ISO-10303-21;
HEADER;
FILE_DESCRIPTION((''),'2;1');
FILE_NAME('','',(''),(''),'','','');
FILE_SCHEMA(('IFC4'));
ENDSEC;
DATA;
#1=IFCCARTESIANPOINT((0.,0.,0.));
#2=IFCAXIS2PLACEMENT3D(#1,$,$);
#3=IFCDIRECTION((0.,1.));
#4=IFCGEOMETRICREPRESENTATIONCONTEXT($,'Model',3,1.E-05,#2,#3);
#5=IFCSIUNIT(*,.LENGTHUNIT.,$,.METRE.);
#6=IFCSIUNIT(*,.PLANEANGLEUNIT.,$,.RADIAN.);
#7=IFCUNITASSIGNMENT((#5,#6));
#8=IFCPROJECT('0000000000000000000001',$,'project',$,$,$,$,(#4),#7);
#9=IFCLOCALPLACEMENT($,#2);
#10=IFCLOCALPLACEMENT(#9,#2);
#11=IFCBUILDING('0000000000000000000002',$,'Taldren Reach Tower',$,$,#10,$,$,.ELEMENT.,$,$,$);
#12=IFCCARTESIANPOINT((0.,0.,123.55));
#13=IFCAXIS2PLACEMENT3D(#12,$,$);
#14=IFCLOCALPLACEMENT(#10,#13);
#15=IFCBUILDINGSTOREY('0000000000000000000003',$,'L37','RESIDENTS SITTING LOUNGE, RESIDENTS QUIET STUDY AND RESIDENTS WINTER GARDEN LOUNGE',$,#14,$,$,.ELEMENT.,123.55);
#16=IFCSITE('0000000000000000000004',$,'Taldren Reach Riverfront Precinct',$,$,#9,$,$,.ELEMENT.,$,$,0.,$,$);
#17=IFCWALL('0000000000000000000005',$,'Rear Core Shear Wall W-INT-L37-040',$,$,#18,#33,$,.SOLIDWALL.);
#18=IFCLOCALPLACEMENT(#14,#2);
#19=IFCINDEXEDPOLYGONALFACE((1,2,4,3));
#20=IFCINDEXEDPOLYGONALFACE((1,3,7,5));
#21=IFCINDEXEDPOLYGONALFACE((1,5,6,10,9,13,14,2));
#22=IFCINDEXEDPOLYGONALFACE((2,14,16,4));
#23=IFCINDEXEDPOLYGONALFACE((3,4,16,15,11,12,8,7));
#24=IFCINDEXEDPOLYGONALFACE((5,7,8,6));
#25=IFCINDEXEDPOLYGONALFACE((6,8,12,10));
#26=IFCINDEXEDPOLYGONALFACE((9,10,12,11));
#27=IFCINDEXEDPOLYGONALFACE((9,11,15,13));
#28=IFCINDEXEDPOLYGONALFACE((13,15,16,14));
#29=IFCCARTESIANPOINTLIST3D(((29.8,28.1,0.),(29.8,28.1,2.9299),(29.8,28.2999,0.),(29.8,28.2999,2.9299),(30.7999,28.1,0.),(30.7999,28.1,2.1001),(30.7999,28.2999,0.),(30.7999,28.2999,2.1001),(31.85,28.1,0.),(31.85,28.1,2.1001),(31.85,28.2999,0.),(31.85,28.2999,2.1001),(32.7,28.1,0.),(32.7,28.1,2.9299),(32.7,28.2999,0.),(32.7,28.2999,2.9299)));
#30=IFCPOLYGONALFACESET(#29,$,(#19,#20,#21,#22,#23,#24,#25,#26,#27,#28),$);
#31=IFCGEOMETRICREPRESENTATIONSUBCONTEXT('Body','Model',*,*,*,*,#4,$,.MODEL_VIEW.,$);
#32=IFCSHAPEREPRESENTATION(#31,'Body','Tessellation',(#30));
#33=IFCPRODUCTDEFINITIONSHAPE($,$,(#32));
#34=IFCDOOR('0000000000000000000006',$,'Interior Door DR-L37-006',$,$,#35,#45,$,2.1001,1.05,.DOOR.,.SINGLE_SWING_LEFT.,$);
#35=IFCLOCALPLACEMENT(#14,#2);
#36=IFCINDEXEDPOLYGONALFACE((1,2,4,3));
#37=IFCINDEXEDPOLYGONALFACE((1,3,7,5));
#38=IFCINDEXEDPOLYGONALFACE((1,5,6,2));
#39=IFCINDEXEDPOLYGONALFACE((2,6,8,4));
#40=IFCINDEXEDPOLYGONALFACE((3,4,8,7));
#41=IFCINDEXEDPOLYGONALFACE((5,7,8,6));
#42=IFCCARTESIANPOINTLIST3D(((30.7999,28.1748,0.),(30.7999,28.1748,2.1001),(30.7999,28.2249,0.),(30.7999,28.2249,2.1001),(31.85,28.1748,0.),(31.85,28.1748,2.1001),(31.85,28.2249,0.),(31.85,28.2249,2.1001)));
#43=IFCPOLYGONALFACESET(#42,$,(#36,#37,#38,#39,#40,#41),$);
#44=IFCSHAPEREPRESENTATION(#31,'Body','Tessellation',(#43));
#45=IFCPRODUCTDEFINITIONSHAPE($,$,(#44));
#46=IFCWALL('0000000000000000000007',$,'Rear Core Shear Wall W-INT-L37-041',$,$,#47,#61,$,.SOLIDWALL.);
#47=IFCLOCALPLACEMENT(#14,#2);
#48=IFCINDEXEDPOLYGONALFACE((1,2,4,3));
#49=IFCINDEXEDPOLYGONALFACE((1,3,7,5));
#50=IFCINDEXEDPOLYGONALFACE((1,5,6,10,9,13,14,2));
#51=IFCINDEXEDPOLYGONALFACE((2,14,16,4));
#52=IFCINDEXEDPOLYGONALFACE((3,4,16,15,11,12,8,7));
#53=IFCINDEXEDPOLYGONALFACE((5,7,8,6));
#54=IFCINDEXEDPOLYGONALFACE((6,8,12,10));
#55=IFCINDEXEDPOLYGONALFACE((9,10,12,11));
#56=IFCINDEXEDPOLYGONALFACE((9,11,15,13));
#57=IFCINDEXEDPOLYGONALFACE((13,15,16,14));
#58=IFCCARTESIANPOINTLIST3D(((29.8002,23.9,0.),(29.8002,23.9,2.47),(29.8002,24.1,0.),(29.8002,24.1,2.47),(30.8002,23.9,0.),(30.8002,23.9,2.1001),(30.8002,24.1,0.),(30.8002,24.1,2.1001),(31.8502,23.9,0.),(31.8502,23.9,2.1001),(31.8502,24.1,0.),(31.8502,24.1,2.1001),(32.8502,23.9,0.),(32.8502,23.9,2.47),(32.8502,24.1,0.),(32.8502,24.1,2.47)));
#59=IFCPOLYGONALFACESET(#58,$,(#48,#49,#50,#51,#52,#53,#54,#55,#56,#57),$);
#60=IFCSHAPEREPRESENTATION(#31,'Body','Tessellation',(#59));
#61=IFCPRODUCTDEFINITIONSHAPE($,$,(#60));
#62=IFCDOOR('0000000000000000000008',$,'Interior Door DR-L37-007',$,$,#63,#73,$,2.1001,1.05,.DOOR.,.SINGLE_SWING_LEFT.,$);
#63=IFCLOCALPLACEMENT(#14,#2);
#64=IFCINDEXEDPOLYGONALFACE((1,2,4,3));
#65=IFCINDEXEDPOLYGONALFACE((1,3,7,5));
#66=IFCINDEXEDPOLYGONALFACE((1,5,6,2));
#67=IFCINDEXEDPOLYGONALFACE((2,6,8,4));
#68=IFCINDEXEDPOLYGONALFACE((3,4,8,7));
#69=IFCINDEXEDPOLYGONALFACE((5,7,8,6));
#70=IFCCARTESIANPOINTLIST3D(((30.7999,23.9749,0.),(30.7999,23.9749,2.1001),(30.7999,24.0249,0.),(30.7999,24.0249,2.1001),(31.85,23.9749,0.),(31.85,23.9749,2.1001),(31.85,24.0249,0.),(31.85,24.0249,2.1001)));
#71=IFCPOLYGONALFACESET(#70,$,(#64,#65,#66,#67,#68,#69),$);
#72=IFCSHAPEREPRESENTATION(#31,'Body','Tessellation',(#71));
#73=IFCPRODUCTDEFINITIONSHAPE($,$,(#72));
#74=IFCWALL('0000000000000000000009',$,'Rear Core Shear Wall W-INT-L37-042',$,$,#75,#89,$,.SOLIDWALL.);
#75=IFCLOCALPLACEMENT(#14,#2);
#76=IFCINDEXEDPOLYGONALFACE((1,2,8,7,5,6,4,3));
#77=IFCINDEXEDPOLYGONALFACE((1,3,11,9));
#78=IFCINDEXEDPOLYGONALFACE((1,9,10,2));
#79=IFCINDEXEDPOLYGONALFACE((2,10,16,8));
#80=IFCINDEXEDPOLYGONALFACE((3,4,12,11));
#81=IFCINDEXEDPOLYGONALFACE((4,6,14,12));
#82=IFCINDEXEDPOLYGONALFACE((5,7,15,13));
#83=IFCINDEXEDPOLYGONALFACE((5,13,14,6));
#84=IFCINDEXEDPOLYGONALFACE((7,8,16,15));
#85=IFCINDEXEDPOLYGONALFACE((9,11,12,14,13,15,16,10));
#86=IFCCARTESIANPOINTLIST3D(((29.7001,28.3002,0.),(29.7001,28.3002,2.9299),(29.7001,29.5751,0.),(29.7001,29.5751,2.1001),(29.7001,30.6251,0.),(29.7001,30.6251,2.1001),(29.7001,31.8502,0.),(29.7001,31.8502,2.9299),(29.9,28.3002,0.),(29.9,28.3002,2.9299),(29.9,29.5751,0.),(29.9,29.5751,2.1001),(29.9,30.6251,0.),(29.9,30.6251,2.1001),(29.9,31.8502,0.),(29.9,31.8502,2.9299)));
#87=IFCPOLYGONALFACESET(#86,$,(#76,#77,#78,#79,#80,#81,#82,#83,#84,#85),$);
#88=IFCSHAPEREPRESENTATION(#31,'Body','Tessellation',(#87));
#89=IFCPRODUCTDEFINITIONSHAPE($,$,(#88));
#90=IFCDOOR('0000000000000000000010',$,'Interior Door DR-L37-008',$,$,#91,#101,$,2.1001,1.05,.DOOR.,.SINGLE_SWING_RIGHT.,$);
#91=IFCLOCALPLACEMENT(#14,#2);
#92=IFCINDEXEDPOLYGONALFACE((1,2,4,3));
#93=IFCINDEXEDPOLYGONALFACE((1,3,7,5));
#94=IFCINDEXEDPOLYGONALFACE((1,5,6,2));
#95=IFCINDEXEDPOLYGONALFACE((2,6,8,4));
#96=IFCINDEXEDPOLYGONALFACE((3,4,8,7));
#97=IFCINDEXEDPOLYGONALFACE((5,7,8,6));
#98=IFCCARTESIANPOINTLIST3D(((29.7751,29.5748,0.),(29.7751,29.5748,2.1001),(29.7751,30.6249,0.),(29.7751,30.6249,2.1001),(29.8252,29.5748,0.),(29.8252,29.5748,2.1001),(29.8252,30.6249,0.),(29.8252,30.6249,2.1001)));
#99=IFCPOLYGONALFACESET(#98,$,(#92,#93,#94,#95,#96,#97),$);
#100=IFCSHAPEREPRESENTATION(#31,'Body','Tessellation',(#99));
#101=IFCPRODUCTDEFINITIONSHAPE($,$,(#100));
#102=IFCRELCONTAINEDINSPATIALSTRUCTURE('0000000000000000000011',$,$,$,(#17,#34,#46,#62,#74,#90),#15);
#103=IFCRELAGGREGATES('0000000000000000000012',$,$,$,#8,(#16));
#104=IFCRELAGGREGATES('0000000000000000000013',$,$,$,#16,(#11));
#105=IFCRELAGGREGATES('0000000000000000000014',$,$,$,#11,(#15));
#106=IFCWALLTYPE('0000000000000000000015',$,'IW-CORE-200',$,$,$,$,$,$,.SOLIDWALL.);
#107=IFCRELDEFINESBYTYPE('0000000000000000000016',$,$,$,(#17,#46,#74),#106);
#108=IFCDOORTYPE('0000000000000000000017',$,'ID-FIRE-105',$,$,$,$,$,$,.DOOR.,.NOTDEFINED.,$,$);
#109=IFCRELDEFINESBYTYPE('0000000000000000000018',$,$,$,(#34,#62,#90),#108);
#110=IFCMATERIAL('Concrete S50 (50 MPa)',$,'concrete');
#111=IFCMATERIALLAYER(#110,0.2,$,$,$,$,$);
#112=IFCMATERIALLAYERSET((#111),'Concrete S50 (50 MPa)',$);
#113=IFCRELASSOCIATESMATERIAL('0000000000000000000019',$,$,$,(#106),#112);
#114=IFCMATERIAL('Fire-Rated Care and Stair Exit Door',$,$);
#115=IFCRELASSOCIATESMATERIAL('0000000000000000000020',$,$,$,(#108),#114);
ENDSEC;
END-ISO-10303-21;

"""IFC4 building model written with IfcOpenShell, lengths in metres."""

from ifc_helpers import new_model, si_unit, direction, frame, frame_2d, origin, place, context, subcontext, project, spatial, rectangle, extrude, source, transform, mapped, material, layer, layer_set, type_object, element, fill, save


model = new_model("IFC4")

# Units and contexts
model_context = context("Model", 3, precision=1e-05, world=origin(), true_north=direction((0.0, 1.0)))
body_context = subcontext(model_context, "Body", "Model", "MODEL_VIEW")
ifc_project = project(units=[si_unit("LENGTHUNIT", "METRE"), si_unit("PLANEANGLEUNIT", "RADIAN")], contexts=[model_context])

# Site, building, storey
site_placement = place(None, origin())
site = spatial("IfcSite", under=ifc_project, at=site_placement, Name="Taldren Reach Riverfront Precinct", CompositionType="ELEMENT", RefElevation=0.0)
building_placement = place(site_placement, origin())
building = spatial("IfcBuilding", under=site, at=building_placement, Name="Taldren Reach Tower", CompositionType="ELEMENT")
storey_placement = place(building_placement, frame((0.0, 0.0, 123.55)))
storey = spatial("IfcBuildingStorey", under=building, at=storey_placement, Name="L37", Description="RESIDENTS SITTING LOUNGE, RESIDENTS QUIET STUDY AND RESIDENTS WINTER GARDEN LOUNGE", CompositionType="ELEMENT", Elevation=123.55)

# Shared definitions
ifc_material_1 = material(Name="Concrete S50 (50 MPa)", Category="concrete")
ifc_layer_1 = layer(ifc_material_1, 0.2)
ifc_layer_set_1 = layer_set([ifc_layer_1], Name="Concrete S50 (50 MPa)")
wall_type_1 = type_object("IfcWallType", Name="IW-CORE-200", PredefinedType="SOLIDWALL", material=ifc_layer_set_1)

# Walls, openings, doors
shared_shape_1 = source(origin(), body_context, "Body", "SweptSolid", [
    extrude(rectangle(XDim=2.8999, YDim=0.2, at=frame_2d((1.45, 0.0))), origin(), (0.0, 0.0, 1.0), 2.9299),
])
wall_1_placement = place(storey_placement, frame((29.8, 28.2, 0.0), z_axis=(0.0, 0.0, 1.0), x_axis=(1.0, 0.0, 0.0)))
wall_1 = element("IfcWall", 1, at=wall_1_placement, inside=storey, type_object=wall_type_1, Name="Rear Core Shear Wall W-INT-L37-040", PredefinedType="SOLIDWALL", context=body_context, shape_type="MappedRepresentation", body=[
    mapped(shared_shape_1, transform((0.0, 0.0, 0.0), scale=1.0)),
])
shared_shape_2 = source(origin(), body_context, "Body", "SweptSolid", [
    extrude(rectangle(XDim=1.05, YDim=2.1001, at=frame_2d((0.5249, 1.05))), frame((0.0, 0.1099, 0.0), z_axis=(0.0, -1.0, 0.0), x_axis=(1.0, 0.0, 0.0)), (0.0, 0.0, 1.0), 0.22),
])
opening_1_placement = place(wall_1_placement, frame((1.0, 0.0, 0.0)))
opening_1 = element("IfcOpeningElement", 2, at=opening_1_placement, cuts=wall_1, PredefinedType="OPENING", context=body_context, shape_type="MappedRepresentation", body=[
    mapped(shared_shape_2, transform((0.0, 0.0, 0.0), scale=1.0)),
])
ifc_material_2 = material(Name="Fire-Rated Care and Stair Exit Door")
door_type_1 = type_object("IfcDoorType", Name="ID-FIRE-105", OperationType="NOTDEFINED", PredefinedType="DOOR", material=ifc_material_2)
shared_shape_3 = source(origin(), body_context, "Body", "SweptSolid", [
    extrude(rectangle(XDim=1.05, YDim=2.1001, at=frame_2d((0.5249, 1.05))), frame((0.0, 0.0249, 0.0), z_axis=(0.0, -1.0, 0.0), x_axis=(1.0, 0.0, 0.0)), (0.0, 0.0, 1.0), 0.05),
])
door_1_placement = place(opening_1_placement, origin())
door_1 = element("IfcDoor", 3, at=door_1_placement, inside=storey, type_object=door_type_1, Name="Interior Door DR-L37-006", OperationType="SINGLE_SWING_LEFT", OverallHeight=2.1001, OverallWidth=1.05, PredefinedType="DOOR", context=body_context, shape_type="MappedRepresentation", body=[
    mapped(shared_shape_3, transform((0.0, 0.0, 0.0), scale=1.0)),
])
fill(opening_1, door_1)
shared_shape_4 = source(origin(), body_context, "Body", "SweptSolid", [
    extrude(rectangle(XDim=3.05, YDim=0.2, at=frame_2d((1.5249, 0.0))), origin(), (0.0, 0.0, 1.0), 2.47),
])
wall_2_placement = place(storey_placement, frame((32.8501, 24.0, 0.0), z_axis=(0.0, 0.0, 1.0), x_axis=(-1.0, 0.0, 0.0)))
wall_2 = element("IfcWall", 4, at=wall_2_placement, inside=storey, type_object=wall_type_1, Name="Rear Core Shear Wall W-INT-L37-041", PredefinedType="SOLIDWALL", context=body_context, shape_type="MappedRepresentation", body=[
    mapped(shared_shape_4, transform((0.0, 0.0, 0.0), scale=1.0)),
])
opening_2_placement = place(wall_2_placement, frame((1.0, 0.0, 0.0)))
opening_2 = element("IfcOpeningElement", 5, at=opening_2_placement, cuts=wall_2, PredefinedType="OPENING", context=body_context, shape_type="MappedRepresentation", body=[
    mapped(shared_shape_2, transform((0.0, 0.0, 0.0), scale=1.0)),
])
door_2_placement = place(opening_2_placement, frame((1.05, 0.0, 0.0), z_axis=(0.0, 0.0, 1.0), x_axis=(-1.0, 0.0, 0.0)))
door_2 = element("IfcDoor", 6, at=door_2_placement, inside=storey, type_object=door_type_1, Name="Interior Door DR-L37-007", OperationType="SINGLE_SWING_LEFT", OverallHeight=2.1001, OverallWidth=1.05, PredefinedType="DOOR", context=body_context, shape_type="MappedRepresentation", body=[
    mapped(shared_shape_3, transform((0.0, 0.0, 0.0), scale=1.0)),
])
fill(opening_2, door_2)
shared_shape_5 = source(origin(), body_context, "Body", "SweptSolid", [
    extrude(rectangle(XDim=3.55, YDim=0.2, at=frame_2d((1.7749, 0.0))), origin(), (0.0, 0.0, 1.0), 2.9299),
])
wall_3_placement = place(storey_placement, frame((29.8, 31.8501, 0.0), z_axis=(0.0, 0.0, 1.0), x_axis=(0.0, -1.0, 0.0)))
wall_3 = element("IfcWall", 7, at=wall_3_placement, inside=storey, type_object=wall_type_1, Name="Rear Core Shear Wall W-INT-L37-042", PredefinedType="SOLIDWALL", context=body_context, shape_type="MappedRepresentation", body=[
    mapped(shared_shape_5, transform((0.0, 0.0, 0.0), scale=1.0)),
])
opening_3_placement = place(wall_3_placement, frame((1.2251, 0.0, 0.0)))
opening_3 = element("IfcOpeningElement", 8, at=opening_3_placement, cuts=wall_3, PredefinedType="OPENING", context=body_context, shape_type="MappedRepresentation", body=[
    mapped(shared_shape_2, transform((0.0, 0.0, 0.0), scale=1.0)),
])
door_3_placement = place(opening_3_placement, frame((1.05, 0.0, 0.0), z_axis=(0.0, 0.0, 1.0), x_axis=(-1.0, 0.0, 0.0)))
door_3 = element("IfcDoor", 9, at=door_3_placement, inside=storey, type_object=door_type_1, Name="Interior Door DR-L37-008", OperationType="SINGLE_SWING_RIGHT", OverallHeight=2.1001, OverallWidth=1.05, PredefinedType="DOOR", context=body_context, shape_type="MappedRepresentation", body=[
    mapped(shared_shape_3, transform((0.0, 0.0, 0.0), scale=1.0)),
])
fill(opening_3, door_3)

save(model, "model.ifc")
